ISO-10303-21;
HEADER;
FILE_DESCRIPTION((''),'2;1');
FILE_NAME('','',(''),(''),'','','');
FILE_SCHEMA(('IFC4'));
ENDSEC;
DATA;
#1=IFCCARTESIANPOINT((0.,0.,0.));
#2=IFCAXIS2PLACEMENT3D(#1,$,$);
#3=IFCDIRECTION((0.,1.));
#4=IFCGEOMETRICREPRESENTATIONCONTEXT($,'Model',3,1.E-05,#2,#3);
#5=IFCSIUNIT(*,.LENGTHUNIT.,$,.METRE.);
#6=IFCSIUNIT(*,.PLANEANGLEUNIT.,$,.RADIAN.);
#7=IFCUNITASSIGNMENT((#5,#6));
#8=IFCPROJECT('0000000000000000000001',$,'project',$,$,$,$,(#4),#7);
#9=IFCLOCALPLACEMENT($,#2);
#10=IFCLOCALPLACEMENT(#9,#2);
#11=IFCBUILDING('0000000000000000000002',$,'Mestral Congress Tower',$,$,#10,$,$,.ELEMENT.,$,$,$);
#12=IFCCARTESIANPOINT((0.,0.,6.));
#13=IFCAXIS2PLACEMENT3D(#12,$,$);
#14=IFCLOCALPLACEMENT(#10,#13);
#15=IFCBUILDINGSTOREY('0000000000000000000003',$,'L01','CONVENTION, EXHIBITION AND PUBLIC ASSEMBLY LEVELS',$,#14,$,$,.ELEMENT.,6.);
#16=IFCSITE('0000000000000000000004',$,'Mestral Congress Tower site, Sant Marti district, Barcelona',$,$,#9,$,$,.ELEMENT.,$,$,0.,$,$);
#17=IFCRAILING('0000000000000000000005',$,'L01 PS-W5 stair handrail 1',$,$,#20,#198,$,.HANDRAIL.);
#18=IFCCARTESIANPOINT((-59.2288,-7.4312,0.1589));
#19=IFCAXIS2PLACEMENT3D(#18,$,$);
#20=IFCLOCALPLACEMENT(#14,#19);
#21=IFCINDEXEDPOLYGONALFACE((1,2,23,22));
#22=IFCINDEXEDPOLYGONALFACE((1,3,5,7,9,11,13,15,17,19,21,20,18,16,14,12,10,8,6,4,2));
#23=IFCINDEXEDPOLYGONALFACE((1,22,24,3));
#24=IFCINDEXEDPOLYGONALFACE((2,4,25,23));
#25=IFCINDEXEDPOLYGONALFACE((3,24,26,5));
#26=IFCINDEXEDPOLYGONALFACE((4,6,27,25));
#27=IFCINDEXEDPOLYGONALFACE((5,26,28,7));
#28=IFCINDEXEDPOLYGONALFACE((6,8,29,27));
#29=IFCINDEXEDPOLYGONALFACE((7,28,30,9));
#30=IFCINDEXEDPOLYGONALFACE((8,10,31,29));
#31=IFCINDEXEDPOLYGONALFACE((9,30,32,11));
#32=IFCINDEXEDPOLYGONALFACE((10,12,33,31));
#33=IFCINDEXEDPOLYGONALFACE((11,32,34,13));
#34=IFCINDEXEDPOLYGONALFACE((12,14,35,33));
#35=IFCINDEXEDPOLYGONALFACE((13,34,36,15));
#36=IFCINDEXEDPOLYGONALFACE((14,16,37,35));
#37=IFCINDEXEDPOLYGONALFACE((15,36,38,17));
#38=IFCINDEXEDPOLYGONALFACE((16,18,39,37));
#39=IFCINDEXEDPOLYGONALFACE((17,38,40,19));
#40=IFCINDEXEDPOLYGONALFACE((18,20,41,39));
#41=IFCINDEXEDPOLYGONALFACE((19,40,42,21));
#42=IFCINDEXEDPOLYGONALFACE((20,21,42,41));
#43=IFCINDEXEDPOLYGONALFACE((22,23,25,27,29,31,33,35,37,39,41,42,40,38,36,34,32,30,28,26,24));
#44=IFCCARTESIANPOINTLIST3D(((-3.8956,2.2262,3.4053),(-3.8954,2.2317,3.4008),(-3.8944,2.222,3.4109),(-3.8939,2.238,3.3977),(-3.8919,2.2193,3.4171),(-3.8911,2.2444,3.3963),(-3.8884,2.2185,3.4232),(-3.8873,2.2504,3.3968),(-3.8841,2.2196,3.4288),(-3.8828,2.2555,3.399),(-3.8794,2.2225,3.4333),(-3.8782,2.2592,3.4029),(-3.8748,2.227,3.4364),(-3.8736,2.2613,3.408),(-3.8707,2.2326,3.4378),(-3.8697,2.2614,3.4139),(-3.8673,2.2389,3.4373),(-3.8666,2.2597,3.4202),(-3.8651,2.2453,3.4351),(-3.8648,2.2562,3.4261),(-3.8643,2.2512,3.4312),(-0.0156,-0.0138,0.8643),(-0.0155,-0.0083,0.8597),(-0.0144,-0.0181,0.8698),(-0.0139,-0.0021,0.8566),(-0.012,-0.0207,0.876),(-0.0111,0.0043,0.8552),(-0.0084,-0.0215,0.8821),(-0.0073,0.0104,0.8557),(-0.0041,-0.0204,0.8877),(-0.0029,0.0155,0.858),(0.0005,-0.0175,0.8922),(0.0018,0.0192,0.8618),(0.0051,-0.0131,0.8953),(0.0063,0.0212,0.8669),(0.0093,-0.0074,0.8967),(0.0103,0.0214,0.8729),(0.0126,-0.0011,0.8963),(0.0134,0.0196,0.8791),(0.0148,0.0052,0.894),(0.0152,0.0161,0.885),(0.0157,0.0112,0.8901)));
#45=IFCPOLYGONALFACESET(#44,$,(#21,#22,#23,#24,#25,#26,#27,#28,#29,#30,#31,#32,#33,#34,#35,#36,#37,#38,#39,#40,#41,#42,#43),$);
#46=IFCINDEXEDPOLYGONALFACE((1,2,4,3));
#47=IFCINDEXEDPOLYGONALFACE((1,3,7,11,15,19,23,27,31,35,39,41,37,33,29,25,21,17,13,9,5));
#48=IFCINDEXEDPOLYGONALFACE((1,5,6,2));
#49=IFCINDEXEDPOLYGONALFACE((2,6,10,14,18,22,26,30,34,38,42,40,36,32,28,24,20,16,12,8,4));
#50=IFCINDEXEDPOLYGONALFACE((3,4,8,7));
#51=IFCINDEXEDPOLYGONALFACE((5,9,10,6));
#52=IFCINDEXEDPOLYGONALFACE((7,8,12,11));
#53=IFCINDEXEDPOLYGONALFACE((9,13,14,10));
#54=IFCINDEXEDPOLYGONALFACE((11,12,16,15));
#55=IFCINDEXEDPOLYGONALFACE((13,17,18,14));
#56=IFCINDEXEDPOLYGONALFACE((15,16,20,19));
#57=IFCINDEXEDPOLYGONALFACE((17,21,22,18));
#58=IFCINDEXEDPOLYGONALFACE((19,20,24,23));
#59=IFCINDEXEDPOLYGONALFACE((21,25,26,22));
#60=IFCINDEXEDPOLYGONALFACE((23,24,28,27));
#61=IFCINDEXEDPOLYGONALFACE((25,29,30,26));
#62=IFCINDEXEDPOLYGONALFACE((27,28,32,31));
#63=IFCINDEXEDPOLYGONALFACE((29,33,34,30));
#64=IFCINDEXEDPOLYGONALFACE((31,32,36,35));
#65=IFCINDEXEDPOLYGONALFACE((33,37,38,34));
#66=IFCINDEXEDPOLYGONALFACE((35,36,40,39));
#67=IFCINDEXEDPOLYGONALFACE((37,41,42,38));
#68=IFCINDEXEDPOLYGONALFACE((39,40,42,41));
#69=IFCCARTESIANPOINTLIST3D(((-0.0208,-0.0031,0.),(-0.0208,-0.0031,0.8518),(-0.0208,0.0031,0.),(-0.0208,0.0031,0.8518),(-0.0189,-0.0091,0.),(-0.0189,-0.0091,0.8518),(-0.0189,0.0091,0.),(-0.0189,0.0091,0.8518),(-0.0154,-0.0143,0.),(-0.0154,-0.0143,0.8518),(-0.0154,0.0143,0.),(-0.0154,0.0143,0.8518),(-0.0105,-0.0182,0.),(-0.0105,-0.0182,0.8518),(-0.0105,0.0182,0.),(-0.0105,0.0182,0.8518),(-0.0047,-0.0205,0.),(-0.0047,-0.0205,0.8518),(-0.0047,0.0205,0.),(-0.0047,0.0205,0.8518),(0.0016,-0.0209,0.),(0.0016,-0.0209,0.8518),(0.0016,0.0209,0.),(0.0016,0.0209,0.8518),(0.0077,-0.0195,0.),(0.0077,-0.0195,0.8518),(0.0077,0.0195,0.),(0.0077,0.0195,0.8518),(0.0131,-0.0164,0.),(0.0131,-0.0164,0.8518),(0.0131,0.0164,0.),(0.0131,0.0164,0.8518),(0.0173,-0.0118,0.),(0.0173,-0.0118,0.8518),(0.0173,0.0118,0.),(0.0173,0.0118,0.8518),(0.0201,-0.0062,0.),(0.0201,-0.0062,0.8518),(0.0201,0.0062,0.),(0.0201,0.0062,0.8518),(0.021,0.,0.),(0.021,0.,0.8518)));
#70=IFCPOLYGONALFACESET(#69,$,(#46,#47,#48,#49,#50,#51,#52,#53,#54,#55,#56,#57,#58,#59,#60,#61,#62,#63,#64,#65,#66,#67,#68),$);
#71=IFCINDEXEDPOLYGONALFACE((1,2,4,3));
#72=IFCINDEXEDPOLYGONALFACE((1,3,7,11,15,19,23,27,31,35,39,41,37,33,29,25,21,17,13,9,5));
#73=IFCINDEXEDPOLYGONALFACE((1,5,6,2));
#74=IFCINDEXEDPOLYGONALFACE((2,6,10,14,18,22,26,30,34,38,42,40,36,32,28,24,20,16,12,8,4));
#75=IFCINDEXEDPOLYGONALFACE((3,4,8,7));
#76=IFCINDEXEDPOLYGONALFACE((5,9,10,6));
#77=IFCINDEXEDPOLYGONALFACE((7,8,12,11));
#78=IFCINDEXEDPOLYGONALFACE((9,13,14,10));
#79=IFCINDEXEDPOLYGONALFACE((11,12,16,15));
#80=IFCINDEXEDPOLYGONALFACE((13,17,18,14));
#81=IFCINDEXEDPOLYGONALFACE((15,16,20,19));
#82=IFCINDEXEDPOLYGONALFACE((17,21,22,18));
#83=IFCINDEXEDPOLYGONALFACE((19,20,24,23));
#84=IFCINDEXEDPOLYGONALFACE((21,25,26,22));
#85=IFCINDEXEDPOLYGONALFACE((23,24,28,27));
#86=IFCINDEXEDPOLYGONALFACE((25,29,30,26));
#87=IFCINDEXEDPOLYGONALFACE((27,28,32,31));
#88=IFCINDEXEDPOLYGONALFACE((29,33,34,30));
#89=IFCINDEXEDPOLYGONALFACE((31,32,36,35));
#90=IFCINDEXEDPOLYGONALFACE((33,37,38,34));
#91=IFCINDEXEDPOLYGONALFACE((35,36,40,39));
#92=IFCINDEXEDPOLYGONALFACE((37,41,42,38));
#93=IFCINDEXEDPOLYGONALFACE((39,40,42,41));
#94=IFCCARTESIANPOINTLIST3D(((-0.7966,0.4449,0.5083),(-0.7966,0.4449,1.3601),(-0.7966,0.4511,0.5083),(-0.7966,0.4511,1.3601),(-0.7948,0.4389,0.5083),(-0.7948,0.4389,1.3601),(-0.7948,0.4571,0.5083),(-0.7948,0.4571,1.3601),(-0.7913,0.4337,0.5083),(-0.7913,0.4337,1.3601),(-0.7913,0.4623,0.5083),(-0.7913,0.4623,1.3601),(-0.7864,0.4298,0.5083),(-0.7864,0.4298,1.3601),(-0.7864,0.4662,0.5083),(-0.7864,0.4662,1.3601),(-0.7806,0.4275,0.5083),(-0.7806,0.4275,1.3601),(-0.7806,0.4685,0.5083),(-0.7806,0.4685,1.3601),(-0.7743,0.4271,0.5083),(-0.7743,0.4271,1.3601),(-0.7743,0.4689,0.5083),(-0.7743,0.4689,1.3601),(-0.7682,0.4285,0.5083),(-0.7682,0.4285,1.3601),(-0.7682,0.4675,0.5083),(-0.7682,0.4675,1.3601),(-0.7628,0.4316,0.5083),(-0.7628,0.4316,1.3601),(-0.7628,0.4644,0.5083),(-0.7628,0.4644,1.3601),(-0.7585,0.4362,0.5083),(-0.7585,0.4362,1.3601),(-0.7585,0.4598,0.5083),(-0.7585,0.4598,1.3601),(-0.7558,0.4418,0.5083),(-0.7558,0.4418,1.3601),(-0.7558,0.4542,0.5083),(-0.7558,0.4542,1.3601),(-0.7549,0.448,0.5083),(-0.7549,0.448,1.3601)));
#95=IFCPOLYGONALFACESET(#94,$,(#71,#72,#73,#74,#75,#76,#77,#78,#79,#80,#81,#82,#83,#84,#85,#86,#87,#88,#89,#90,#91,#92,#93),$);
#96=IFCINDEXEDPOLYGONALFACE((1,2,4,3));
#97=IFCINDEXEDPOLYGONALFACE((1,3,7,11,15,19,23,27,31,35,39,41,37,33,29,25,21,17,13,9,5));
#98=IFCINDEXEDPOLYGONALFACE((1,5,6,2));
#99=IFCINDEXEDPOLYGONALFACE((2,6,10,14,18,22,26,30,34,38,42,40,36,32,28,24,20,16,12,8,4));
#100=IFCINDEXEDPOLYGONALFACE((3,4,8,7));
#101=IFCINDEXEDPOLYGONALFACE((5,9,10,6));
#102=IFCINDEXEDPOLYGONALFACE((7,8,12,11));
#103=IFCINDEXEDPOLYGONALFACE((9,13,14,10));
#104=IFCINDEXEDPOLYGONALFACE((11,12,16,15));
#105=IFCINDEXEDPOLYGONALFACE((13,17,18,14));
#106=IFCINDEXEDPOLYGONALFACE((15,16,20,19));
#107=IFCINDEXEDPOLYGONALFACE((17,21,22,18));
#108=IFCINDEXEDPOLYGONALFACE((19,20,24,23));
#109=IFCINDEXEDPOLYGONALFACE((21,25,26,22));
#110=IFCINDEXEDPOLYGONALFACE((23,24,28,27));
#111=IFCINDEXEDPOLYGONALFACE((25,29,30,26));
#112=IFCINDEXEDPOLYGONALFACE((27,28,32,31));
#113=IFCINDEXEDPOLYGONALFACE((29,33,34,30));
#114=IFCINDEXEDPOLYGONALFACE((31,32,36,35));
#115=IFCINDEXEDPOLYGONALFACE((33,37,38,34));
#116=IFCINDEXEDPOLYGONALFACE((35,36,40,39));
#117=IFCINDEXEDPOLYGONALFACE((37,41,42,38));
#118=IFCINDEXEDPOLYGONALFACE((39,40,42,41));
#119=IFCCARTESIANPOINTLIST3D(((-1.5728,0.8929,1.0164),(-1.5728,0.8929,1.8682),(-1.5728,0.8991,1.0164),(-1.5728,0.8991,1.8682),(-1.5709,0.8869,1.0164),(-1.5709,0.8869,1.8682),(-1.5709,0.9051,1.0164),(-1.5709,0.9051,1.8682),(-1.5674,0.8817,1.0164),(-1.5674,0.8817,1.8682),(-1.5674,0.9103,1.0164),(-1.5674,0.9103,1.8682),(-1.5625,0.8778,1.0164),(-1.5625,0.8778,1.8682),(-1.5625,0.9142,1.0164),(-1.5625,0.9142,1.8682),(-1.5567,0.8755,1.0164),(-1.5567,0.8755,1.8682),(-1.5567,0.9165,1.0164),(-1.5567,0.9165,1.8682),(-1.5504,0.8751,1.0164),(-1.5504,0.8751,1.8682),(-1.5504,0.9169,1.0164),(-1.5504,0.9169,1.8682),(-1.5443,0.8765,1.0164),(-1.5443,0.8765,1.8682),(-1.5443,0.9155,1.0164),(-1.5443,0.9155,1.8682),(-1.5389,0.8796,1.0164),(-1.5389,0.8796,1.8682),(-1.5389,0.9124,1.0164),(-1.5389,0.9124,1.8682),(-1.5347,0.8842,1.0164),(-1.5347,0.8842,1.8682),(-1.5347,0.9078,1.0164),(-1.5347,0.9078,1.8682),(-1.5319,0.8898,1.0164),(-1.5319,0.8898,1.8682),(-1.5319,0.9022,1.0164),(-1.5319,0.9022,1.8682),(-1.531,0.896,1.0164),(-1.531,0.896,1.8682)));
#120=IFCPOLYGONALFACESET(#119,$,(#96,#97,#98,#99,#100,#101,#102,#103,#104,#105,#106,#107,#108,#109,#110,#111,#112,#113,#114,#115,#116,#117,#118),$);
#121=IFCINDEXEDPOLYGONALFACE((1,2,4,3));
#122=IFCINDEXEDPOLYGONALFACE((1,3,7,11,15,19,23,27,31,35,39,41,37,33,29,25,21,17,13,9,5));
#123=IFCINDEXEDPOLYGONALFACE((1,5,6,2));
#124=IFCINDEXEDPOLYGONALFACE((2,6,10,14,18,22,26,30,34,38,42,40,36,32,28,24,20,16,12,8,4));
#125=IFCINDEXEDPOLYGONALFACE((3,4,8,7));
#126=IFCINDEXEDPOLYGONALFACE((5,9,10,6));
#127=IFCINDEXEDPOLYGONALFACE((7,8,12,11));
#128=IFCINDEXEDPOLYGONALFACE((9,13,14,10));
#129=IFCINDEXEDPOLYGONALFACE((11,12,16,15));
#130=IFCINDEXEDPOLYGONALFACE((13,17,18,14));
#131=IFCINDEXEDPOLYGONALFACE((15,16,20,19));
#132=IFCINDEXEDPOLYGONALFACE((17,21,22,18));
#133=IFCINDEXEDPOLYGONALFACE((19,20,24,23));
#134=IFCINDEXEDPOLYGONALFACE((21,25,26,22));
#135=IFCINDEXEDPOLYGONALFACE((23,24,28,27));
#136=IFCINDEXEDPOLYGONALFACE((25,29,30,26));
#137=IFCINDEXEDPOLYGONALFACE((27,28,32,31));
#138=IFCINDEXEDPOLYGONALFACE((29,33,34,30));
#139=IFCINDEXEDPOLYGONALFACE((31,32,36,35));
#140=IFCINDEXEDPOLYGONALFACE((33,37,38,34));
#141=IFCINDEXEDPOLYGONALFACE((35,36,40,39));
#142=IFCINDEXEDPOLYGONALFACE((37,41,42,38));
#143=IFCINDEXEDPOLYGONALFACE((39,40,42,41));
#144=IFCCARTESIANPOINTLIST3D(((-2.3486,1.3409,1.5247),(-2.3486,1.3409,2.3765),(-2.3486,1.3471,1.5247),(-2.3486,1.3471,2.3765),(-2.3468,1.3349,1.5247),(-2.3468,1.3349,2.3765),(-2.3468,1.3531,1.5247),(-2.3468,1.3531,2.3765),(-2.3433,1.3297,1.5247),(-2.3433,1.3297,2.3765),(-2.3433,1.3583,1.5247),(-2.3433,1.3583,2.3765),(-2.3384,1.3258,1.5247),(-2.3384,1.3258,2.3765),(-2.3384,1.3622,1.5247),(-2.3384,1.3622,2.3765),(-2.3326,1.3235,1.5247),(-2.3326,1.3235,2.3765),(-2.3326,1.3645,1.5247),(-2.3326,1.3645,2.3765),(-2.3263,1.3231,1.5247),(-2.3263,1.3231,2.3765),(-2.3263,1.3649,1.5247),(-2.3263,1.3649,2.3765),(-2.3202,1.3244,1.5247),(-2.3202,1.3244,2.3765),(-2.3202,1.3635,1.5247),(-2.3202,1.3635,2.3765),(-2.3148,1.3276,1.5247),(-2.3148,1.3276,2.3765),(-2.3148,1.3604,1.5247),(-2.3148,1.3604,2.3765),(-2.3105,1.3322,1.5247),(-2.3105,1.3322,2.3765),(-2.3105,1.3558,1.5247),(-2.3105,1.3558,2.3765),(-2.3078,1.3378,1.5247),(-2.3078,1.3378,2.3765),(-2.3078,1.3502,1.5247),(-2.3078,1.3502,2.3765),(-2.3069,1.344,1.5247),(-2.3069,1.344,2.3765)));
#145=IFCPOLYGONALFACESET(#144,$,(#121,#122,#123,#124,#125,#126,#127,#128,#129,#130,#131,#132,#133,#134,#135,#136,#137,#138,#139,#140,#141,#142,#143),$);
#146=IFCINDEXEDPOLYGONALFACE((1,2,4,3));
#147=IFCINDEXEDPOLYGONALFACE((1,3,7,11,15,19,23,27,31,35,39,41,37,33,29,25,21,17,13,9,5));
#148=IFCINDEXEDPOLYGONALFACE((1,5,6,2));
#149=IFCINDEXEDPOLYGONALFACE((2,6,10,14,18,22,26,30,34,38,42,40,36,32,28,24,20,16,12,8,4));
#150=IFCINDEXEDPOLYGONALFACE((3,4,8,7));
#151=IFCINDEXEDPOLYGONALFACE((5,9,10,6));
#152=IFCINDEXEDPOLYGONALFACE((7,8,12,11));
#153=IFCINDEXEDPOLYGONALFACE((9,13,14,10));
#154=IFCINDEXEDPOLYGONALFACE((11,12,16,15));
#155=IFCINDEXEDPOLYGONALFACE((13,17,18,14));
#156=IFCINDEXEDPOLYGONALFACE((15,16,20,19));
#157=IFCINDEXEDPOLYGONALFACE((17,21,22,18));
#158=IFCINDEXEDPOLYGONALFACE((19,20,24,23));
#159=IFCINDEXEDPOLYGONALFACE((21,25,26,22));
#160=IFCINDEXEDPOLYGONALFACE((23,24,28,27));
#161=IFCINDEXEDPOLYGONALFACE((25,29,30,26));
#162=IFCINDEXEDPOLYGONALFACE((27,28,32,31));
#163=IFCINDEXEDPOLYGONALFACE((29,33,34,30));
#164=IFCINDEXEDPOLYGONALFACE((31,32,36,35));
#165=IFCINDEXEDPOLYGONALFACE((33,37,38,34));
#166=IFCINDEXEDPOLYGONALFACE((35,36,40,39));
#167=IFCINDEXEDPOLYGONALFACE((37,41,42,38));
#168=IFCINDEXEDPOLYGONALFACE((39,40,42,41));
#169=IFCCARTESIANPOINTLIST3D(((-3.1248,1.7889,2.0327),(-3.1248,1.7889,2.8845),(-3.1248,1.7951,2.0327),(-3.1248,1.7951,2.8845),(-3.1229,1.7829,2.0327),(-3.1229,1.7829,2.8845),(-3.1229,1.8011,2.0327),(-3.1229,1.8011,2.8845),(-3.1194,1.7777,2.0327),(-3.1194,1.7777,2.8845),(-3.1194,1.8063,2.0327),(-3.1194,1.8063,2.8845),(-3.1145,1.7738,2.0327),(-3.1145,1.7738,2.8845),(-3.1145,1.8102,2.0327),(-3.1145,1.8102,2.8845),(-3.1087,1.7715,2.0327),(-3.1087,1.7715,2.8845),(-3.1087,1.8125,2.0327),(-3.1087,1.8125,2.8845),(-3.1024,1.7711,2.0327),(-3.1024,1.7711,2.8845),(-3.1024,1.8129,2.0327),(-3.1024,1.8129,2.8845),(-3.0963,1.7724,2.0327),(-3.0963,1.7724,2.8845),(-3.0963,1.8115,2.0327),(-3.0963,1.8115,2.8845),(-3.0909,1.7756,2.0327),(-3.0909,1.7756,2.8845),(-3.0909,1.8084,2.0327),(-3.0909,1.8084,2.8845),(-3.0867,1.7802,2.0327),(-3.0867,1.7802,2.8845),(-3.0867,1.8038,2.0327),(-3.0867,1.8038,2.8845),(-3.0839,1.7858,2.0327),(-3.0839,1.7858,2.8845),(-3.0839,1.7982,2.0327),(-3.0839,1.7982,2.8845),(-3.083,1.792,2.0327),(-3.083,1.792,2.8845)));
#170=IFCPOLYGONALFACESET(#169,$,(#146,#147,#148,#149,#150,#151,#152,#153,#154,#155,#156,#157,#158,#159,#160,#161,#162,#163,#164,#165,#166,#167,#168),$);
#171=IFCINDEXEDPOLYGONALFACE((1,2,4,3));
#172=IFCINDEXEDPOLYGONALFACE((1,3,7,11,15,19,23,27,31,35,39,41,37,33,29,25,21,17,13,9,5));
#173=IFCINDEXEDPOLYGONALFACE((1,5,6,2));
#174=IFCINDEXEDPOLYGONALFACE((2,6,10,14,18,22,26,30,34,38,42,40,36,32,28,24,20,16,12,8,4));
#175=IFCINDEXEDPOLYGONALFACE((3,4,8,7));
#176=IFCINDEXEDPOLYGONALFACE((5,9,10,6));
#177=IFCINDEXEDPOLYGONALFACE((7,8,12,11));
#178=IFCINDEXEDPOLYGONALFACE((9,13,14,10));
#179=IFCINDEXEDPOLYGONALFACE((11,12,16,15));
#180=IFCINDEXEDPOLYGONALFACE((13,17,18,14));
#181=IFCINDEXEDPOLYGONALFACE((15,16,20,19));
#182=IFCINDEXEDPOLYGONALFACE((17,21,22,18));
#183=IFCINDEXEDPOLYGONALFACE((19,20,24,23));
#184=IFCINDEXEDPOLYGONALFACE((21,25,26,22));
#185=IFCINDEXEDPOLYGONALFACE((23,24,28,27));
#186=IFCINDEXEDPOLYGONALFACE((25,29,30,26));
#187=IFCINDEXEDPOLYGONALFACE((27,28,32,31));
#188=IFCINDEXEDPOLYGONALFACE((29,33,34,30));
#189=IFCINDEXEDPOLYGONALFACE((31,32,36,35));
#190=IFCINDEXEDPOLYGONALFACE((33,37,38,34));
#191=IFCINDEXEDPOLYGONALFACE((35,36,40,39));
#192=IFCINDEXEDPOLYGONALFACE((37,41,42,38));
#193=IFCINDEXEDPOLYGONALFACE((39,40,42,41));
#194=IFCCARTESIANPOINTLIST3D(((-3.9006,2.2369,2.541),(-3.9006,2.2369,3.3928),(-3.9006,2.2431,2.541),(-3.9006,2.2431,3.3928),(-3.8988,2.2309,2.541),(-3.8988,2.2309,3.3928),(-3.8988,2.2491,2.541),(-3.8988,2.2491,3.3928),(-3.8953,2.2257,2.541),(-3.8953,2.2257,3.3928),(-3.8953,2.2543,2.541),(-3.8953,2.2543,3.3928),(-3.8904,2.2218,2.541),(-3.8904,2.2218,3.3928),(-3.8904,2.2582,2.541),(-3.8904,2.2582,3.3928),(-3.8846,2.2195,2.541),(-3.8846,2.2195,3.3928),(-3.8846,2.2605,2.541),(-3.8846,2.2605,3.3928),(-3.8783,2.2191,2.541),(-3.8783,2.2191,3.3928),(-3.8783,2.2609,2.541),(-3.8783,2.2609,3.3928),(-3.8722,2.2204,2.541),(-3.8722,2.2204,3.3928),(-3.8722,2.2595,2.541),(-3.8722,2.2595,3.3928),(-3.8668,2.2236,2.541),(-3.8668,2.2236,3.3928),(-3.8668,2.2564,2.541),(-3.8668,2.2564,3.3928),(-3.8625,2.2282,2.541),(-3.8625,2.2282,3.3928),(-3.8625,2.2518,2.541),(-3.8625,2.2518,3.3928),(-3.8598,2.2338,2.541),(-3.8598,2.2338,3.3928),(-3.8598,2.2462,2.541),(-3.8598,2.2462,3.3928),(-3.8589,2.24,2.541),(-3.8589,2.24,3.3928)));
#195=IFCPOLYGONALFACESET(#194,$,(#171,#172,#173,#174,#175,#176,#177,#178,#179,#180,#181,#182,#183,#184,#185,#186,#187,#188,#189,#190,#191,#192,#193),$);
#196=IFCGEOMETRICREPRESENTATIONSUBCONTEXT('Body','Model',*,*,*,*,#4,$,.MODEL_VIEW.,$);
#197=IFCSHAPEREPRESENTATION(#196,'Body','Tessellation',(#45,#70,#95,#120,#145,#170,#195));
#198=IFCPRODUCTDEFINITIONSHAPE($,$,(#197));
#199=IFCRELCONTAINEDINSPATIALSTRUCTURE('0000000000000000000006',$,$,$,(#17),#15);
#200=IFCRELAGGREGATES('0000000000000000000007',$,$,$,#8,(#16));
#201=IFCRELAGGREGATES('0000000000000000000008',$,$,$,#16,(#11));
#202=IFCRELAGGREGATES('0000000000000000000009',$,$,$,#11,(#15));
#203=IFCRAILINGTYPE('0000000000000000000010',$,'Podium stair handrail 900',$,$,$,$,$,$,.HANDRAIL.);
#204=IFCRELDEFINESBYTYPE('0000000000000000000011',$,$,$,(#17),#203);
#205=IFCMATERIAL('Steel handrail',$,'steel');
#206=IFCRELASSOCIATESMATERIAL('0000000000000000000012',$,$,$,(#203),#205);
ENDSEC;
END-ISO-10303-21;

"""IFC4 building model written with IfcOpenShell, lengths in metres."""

from ifc_helpers import new_model, si_unit, direction, frame, origin, origin_2d, place, context, subcontext, project, spatial, circle, extrude, material, type_object, element, save


model = new_model("IFC4")

# Units and contexts
model_context = context("Model", 3, precision=1e-05, world=origin(), true_north=direction((0.0, 1.0)))
body_context = subcontext(model_context, "Body", "Model", "MODEL_VIEW")
ifc_project = project(units=[si_unit("LENGTHUNIT", "METRE"), si_unit("PLANEANGLEUNIT", "RADIAN")], contexts=[model_context])

# Site, building, storey
site_placement = place(None, origin())
site = spatial("IfcSite", under=ifc_project, at=site_placement, Name="Mestral Congress Tower site, Sant Marti district, Barcelona", CompositionType="ELEMENT", RefElevation=0.0)
building_placement = place(site_placement, origin())
building = spatial("IfcBuilding", under=site, at=building_placement, Name="Mestral Congress Tower", CompositionType="ELEMENT")
storey_placement = place(building_placement, frame((0.0, 0.0, 6.0)))
storey = spatial("IfcBuildingStorey", under=building, at=storey_placement, Name="L01", Description="CONVENTION, EXHIBITION AND PUBLIC ASSEMBLY LEVELS", CompositionType="ELEMENT", Elevation=6.0)

# Railing
ifc_material_1 = material(Name="Steel handrail", Category="steel")
railing_type_1 = type_object("IfcRailingType", Name="Podium stair handrail 900", PredefinedType="HANDRAIL", material=ifc_material_1)
railing_1_placement = place(storey_placement, frame((-59.2288, -7.4312, 0.1589)))
element("IfcRailing", 1, at=railing_1_placement, inside=storey, type_object=railing_type_1, Name="L01 PS-W5 stair handrail 1", PredefinedType="HANDRAIL", context=body_context, shape_type="SweptSolid", body=[
    extrude(circle(Radius=0.0239, at=origin_2d()), frame((0.0, 0.0, 0.876), z_axis=(-0.7533, 0.434906, 0.493352), x_axis=(-0.49999, -0.866031, 0.0)), (0.0, 0.0, 1.0), 5.1506),
    extrude(circle(Radius=0.021, at=origin_2d()), origin(), (0.0, 0.0, 1.0), 0.8518),
    extrude(circle(Radius=0.021, at=origin_2d()), frame((-0.7759, 0.448, 0.5083)), (0.0, 0.0, 1.0), 0.8518),
    extrude(circle(Radius=0.021, at=origin_2d()), frame((-1.552, 0.896, 1.0164)), (0.0, 0.0, 1.0), 0.8518),
    extrude(circle(Radius=0.021, at=origin_2d()), frame((-2.3279, 1.344, 1.5247)), (0.0, 0.0, 1.0), 0.8518),
    extrude(circle(Radius=0.021, at=origin_2d()), frame((-3.104, 1.792, 2.0327)), (0.0, 0.0, 1.0), 0.8518),
    extrude(circle(Radius=0.021, at=origin_2d()), frame((-3.8799, 2.24, 2.541)), (0.0, 0.0, 1.0), 0.8518),
])

save(model, "model.ifc")
